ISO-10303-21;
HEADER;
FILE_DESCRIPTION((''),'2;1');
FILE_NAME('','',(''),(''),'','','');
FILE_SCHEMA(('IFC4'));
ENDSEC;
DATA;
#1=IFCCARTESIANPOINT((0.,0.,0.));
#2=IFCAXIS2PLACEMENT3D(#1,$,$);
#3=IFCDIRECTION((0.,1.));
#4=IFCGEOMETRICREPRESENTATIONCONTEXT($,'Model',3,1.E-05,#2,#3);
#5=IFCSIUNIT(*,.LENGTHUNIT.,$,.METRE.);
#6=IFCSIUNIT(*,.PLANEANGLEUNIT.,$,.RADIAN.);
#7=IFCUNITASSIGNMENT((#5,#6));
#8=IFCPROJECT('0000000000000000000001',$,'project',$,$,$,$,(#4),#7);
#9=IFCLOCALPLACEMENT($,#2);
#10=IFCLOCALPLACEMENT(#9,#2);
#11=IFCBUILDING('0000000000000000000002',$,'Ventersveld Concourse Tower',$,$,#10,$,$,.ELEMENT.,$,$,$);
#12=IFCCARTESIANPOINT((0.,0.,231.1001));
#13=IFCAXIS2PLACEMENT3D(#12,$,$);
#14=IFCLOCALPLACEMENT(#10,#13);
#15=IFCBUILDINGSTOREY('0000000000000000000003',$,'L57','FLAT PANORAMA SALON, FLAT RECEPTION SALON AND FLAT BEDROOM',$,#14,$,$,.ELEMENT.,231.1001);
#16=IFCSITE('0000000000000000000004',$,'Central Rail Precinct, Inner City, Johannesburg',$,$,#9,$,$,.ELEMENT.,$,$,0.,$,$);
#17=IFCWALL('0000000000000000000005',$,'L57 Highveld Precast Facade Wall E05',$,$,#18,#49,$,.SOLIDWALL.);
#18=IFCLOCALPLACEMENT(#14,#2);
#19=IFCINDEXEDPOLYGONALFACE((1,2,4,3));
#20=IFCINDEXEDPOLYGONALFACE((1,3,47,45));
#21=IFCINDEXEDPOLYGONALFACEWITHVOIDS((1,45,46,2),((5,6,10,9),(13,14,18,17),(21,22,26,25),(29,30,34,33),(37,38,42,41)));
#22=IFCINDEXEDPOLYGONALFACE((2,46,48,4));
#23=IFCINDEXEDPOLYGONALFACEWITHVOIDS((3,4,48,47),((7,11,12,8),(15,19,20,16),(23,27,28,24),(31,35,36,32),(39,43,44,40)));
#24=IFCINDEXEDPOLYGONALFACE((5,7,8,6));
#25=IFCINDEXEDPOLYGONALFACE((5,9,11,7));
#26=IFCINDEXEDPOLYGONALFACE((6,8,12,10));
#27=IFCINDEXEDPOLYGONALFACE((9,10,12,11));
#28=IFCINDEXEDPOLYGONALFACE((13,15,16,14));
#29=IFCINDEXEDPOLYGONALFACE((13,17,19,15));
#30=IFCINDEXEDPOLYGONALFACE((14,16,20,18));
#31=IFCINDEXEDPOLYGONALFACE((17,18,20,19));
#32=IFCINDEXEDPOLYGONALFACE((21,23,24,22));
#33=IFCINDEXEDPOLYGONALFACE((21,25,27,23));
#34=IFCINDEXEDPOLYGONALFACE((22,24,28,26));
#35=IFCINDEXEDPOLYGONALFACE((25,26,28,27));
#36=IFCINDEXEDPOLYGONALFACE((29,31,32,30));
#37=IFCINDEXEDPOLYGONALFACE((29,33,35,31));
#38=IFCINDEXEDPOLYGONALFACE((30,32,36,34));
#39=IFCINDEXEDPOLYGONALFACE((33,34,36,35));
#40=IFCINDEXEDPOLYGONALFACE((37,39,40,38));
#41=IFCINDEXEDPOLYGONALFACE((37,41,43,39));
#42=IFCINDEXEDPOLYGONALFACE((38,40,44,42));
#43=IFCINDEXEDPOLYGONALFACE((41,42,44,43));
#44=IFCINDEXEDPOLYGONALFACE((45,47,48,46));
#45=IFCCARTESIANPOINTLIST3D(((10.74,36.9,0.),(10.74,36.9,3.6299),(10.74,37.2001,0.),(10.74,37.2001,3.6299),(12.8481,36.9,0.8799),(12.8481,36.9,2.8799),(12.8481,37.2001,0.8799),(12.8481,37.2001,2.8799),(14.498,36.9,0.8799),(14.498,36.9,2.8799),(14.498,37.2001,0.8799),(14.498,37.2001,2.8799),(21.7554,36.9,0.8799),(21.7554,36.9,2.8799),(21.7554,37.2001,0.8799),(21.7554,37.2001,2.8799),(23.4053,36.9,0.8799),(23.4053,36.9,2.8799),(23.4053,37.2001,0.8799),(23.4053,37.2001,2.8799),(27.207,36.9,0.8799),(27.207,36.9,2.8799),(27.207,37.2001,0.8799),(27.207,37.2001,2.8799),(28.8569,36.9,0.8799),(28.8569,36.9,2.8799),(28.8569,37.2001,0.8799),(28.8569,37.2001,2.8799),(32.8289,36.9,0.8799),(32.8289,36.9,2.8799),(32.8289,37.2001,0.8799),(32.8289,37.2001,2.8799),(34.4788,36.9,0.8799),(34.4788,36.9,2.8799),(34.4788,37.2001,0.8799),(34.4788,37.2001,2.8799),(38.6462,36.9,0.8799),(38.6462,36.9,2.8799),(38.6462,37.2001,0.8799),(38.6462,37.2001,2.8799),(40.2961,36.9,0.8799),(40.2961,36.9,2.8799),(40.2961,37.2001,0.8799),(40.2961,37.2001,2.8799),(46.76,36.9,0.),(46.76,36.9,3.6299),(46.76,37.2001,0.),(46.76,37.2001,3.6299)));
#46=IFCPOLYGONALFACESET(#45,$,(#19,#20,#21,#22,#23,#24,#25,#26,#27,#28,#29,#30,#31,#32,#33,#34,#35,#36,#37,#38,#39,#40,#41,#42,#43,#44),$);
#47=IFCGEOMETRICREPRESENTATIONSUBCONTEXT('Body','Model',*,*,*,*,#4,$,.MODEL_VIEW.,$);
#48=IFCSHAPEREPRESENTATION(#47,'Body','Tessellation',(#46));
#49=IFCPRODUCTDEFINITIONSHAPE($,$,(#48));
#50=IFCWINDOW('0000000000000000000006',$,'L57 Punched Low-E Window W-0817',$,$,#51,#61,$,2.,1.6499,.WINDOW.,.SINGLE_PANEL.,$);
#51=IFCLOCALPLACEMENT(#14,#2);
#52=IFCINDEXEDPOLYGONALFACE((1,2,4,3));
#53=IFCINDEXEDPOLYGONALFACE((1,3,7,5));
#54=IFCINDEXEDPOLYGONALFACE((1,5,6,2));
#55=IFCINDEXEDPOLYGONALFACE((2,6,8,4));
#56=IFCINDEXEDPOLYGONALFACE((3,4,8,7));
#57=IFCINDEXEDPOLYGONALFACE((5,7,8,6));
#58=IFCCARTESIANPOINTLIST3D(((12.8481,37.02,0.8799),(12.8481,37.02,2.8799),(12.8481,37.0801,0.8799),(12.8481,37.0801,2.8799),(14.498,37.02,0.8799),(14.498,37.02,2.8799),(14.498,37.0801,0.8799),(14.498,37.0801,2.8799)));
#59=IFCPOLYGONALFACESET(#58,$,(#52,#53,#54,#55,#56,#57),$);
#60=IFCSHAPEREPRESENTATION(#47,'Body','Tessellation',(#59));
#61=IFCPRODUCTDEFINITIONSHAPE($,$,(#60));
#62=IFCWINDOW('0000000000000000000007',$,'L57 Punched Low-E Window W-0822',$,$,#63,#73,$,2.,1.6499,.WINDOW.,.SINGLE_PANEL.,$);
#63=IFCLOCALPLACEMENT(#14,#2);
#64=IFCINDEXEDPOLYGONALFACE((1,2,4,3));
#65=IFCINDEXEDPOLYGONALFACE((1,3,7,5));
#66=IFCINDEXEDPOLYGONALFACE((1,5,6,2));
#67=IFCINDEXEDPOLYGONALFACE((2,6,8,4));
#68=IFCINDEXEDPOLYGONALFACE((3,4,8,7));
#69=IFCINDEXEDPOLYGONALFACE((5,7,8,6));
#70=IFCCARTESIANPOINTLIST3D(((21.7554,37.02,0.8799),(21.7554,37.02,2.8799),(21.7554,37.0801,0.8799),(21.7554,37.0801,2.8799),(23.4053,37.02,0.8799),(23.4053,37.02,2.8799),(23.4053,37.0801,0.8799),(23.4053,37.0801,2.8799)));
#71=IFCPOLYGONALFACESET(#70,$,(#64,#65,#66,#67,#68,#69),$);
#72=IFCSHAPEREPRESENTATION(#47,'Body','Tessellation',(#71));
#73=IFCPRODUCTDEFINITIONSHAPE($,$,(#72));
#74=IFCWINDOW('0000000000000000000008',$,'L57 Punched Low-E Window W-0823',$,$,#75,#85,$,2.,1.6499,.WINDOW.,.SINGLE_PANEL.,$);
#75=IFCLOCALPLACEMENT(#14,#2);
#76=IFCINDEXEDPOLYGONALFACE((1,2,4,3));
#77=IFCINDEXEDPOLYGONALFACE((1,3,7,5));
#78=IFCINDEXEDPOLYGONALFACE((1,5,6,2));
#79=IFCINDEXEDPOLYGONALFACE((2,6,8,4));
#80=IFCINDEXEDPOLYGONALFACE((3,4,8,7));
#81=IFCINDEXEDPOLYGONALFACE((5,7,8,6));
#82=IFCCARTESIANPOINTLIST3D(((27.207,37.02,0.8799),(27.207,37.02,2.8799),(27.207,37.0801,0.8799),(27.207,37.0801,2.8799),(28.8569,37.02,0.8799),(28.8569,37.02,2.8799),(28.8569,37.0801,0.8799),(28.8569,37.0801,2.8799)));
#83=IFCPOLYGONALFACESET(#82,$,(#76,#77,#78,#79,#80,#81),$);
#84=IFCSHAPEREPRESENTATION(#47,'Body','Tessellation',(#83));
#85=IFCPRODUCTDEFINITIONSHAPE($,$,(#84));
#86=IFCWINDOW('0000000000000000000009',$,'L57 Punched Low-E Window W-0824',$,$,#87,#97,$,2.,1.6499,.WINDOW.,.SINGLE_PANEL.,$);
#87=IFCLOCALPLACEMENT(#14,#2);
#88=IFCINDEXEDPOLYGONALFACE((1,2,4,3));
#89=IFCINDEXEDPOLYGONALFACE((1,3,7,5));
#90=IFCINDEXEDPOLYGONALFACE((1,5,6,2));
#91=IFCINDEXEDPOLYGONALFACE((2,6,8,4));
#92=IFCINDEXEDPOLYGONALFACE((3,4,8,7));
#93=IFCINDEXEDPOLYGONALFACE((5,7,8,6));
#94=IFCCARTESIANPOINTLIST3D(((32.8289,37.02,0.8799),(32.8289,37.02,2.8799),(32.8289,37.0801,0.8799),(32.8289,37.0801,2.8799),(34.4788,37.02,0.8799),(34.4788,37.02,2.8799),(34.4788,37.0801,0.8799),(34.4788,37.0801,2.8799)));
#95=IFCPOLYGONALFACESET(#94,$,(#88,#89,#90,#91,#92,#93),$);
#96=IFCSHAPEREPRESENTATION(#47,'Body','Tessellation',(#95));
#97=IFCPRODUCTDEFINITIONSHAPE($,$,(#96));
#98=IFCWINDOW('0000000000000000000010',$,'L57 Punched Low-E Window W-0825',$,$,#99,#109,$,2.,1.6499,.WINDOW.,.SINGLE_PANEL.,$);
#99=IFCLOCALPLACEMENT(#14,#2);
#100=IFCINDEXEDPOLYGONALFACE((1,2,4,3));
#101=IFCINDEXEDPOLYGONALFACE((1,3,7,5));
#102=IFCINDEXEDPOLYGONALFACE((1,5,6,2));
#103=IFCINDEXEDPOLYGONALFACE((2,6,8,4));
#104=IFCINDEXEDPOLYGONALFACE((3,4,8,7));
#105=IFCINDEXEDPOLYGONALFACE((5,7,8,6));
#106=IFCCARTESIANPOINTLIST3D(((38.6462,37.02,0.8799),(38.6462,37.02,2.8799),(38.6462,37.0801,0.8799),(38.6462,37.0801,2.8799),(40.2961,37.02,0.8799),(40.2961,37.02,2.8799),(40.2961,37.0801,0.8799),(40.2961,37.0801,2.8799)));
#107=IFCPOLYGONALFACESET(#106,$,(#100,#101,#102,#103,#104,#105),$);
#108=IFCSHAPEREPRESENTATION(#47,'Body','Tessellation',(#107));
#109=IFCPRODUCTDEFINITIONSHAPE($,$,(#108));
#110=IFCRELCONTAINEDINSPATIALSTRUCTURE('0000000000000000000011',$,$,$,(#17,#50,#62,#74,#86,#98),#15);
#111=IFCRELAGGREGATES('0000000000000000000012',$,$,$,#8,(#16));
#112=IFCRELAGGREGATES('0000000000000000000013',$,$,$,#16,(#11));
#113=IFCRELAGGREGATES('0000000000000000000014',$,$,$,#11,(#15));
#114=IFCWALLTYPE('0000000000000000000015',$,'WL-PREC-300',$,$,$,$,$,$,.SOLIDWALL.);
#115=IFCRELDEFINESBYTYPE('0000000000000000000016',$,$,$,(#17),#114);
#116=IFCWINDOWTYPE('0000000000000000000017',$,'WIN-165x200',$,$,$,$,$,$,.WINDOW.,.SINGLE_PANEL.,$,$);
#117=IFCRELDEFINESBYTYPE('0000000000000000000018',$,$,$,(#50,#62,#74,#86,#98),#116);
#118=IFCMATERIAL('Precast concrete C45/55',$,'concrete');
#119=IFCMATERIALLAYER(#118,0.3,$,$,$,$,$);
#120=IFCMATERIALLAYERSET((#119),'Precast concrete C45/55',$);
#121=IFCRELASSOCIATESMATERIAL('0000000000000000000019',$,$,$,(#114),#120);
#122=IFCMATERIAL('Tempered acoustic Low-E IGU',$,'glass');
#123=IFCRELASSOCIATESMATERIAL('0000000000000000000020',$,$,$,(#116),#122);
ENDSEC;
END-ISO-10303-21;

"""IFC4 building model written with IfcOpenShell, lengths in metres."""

from ifc_helpers import new_model, si_unit, direction, frame, frame_2d, origin, place, context, subcontext, project, spatial, rectangle, extrude, material, layer, layer_set, type_object, element, fill, save


model = new_model("IFC4")

# Units and contexts
model_context = context("Model", 3, precision=1e-05, world=origin(), true_north=direction((0.0, 1.0)))
body_context = subcontext(model_context, "Body", "Model", "MODEL_VIEW")
ifc_project = project(units=[si_unit("LENGTHUNIT", "METRE"), si_unit("PLANEANGLEUNIT", "RADIAN")], contexts=[model_context])

# Site, building, storey
site_placement = place(None, origin())
site = spatial("IfcSite", under=ifc_project, at=site_placement, Name="Central Rail Precinct, Inner City, Johannesburg", CompositionType="ELEMENT", RefElevation=0.0)
building_placement = place(site_placement, origin())
building = spatial("IfcBuilding", under=site, at=building_placement, Name="Ventersveld Concourse Tower", CompositionType="ELEMENT")
storey_placement = place(building_placement, frame((0.0, 0.0, 231.1001)))
storey = spatial("IfcBuildingStorey", under=building, at=storey_placement, Name="L57", Description="FLAT PANORAMA SALON, FLAT RECEPTION SALON AND FLAT BEDROOM", CompositionType="ELEMENT", Elevation=231.1001)

# Shared definitions
ifc_material_1 = material(Name="Precast concrete C45/55", Category="concrete")
ifc_layer_1 = layer(ifc_material_1, 0.3)
ifc_layer_set_1 = layer_set([ifc_layer_1], Name="Precast concrete C45/55")
wall_type_1 = type_object("IfcWallType", Name="WL-PREC-300", PredefinedType="SOLIDWALL", material=ifc_layer_set_1)

# Wall, openings, windows
wall_1_placement = place(storey_placement, frame((46.76, 37.05, 0.0), z_axis=(0.0, 0.0, 1.0), x_axis=(-1.0, 0.0, 0.0)))
wall_1 = element("IfcWall", 1, at=wall_1_placement, inside=storey, type_object=wall_type_1, Name="L57 Highveld Precast Facade Wall E05", PredefinedType="SOLIDWALL", context=body_context, shape_type="SweptSolid", body=[
    extrude(rectangle(XDim=36.02, YDim=0.3, at=frame_2d((18.01, 0.0))), origin(), (0.0, 0.0, 1.0), 3.6299),
])
opening_1_placement = place(wall_1_placement, frame((32.262, 0.0, 0.8799)))
opening_1 = element("IfcOpeningElement", 2, at=opening_1_placement, cuts=wall_1, PredefinedType="OPENING", context=body_context, shape_type="SweptSolid", body=[
    extrude(rectangle(XDim=1.6499, YDim=2.0, at=frame_2d((0.825, 1.0))), frame((0.0, 0.1602, 0.0), z_axis=(0.0, -1.0, 0.0), x_axis=(1.0, 0.0, 0.0)), (0.0, 0.0, 1.0), 0.3201),
])
opening_2_placement = place(wall_1_placement, frame((23.3547, 0.0, 0.8799)))
opening_2 = element("IfcOpeningElement", 3, at=opening_2_placement, cuts=wall_1, PredefinedType="OPENING", context=body_context, shape_type="SweptSolid", body=[
    extrude(rectangle(XDim=1.6499, YDim=2.0, at=frame_2d((0.825, 1.0))), frame((0.0, 0.1602, 0.0), z_axis=(0.0, -1.0, 0.0), x_axis=(1.0, 0.0, 0.0)), (0.0, 0.0, 1.0), 0.3201),
])
opening_3_placement = place(wall_1_placement, frame((17.9031, 0.0, 0.8799)))
opening_3 = element("IfcOpeningElement", 4, at=opening_3_placement, cuts=wall_1, PredefinedType="OPENING", context=body_context, shape_type="SweptSolid", body=[
    extrude(rectangle(XDim=1.6499, YDim=2.0, at=frame_2d((0.825, 1.0))), frame((0.0, 0.1602, 0.0), z_axis=(0.0, -1.0, 0.0), x_axis=(1.0, 0.0, 0.0)), (0.0, 0.0, 1.0), 0.3201),
])
opening_4_placement = place(wall_1_placement, frame((12.2812, 0.0, 0.8799)))
opening_4 = element("IfcOpeningElement", 5, at=opening_4_placement, cuts=wall_1, PredefinedType="OPENING", context=body_context, shape_type="SweptSolid", body=[
    extrude(rectangle(XDim=1.6499, YDim=2.0, at=frame_2d((0.825, 1.0))), frame((0.0, 0.1602, 0.0), z_axis=(0.0, -1.0, 0.0), x_axis=(1.0, 0.0, 0.0)), (0.0, 0.0, 1.0), 0.3201),
])
opening_5_placement = place(wall_1_placement, frame((6.4639, 0.0, 0.8799)))
opening_5 = element("IfcOpeningElement", 6, at=opening_5_placement, cuts=wall_1, PredefinedType="OPENING", context=body_context, shape_type="SweptSolid", body=[
    extrude(rectangle(XDim=1.6499, YDim=2.0, at=frame_2d((0.825, 1.0))), frame((0.0, 0.1602, 0.0), z_axis=(0.0, -1.0, 0.0), x_axis=(1.0, 0.0, 0.0)), (0.0, 0.0, 1.0), 0.3201),
])
ifc_material_2 = material(Name="Tempered acoustic Low-E IGU", Category="glass")
window_type = type_object("IfcWindowType", Name="WIN-165x200", PartitioningType="SINGLE_PANEL", PredefinedType="WINDOW", material=ifc_material_2)
window_1_placement = place(opening_1_placement, origin())
window_1 = element("IfcWindow", 7, at=window_1_placement, inside=storey, type_object=window_type, Name="L57 Punched Low-E Window W-0817", OverallHeight=2.0, OverallWidth=1.6499, PartitioningType="SINGLE_PANEL", PredefinedType="WINDOW", context=body_context, shape_type="SweptSolid", body=[
    extrude(rectangle(XDim=1.6499, YDim=2.0, at=frame_2d((0.825, 1.0))), frame((0.0, 0.03, 0.0), z_axis=(0.0, -1.0, 0.0), x_axis=(1.0, 0.0, 0.0)), (0.0, 0.0, 1.0), 0.0601),
])
fill(opening_1, window_1)
window_2_placement = place(opening_2_placement, origin())
window_2 = element("IfcWindow", 8, at=window_2_placement, inside=storey, type_object=window_type, Name="L57 Punched Low-E Window W-0822", OverallHeight=2.0, OverallWidth=1.6499, PartitioningType="SINGLE_PANEL", PredefinedType="WINDOW", context=body_context, shape_type="SweptSolid", body=[
    extrude(rectangle(XDim=1.6499, YDim=2.0, at=frame_2d((0.825, 1.0))), frame((0.0, 0.03, 0.0), z_axis=(0.0, -1.0, 0.0), x_axis=(1.0, 0.0, 0.0)), (0.0, 0.0, 1.0), 0.0601),
])
fill(opening_2, window_2)
window_3_placement = place(opening_3_placement, origin())
window_3 = element("IfcWindow", 9, at=window_3_placement, inside=storey, type_object=window_type, Name="L57 Punched Low-E Window W-0823", OverallHeight=2.0, OverallWidth=1.6499, PartitioningType="SINGLE_PANEL", PredefinedType="WINDOW", context=body_context, shape_type="SweptSolid", body=[
    extrude(rectangle(XDim=1.6499, YDim=2.0, at=frame_2d((0.825, 1.0))), frame((0.0, 0.03, 0.0), z_axis=(0.0, -1.0, 0.0), x_axis=(1.0, 0.0, 0.0)), (0.0, 0.0, 1.0), 0.0601),
])
fill(opening_3, window_3)
window_4_placement = place(opening_4_placement, origin())
window_4 = element("IfcWindow", 10, at=window_4_placement, inside=storey, type_object=window_type, Name="L57 Punched Low-E Window W-0824", OverallHeight=2.0, OverallWidth=1.6499, PartitioningType="SINGLE_PANEL", PredefinedType="WINDOW", context=body_context, shape_type="SweptSolid", body=[
    extrude(rectangle(XDim=1.6499, YDim=2.0, at=frame_2d((0.825, 1.0))), frame((0.0, 0.03, 0.0), z_axis=(0.0, -1.0, 0.0), x_axis=(1.0, 0.0, 0.0)), (0.0, 0.0, 1.0), 0.0601),
])
fill(opening_4, window_4)
window_5_placement = place(opening_5_placement, origin())
window_5 = element("IfcWindow", 11, at=window_5_placement, inside=storey, type_object=window_type, Name="L57 Punched Low-E Window W-0825", OverallHeight=2.0, OverallWidth=1.6499, PartitioningType="SINGLE_PANEL", PredefinedType="WINDOW", context=body_context, shape_type="SweptSolid", body=[
    extrude(rectangle(XDim=1.6499, YDim=2.0, at=frame_2d((0.825, 1.0))), frame((0.0, 0.03, 0.0), z_axis=(0.0, -1.0, 0.0), x_axis=(1.0, 0.0, 0.0)), (0.0, 0.0, 1.0), 0.0601),
])
fill(opening_5, window_5)

save(model, "model.ifc")
